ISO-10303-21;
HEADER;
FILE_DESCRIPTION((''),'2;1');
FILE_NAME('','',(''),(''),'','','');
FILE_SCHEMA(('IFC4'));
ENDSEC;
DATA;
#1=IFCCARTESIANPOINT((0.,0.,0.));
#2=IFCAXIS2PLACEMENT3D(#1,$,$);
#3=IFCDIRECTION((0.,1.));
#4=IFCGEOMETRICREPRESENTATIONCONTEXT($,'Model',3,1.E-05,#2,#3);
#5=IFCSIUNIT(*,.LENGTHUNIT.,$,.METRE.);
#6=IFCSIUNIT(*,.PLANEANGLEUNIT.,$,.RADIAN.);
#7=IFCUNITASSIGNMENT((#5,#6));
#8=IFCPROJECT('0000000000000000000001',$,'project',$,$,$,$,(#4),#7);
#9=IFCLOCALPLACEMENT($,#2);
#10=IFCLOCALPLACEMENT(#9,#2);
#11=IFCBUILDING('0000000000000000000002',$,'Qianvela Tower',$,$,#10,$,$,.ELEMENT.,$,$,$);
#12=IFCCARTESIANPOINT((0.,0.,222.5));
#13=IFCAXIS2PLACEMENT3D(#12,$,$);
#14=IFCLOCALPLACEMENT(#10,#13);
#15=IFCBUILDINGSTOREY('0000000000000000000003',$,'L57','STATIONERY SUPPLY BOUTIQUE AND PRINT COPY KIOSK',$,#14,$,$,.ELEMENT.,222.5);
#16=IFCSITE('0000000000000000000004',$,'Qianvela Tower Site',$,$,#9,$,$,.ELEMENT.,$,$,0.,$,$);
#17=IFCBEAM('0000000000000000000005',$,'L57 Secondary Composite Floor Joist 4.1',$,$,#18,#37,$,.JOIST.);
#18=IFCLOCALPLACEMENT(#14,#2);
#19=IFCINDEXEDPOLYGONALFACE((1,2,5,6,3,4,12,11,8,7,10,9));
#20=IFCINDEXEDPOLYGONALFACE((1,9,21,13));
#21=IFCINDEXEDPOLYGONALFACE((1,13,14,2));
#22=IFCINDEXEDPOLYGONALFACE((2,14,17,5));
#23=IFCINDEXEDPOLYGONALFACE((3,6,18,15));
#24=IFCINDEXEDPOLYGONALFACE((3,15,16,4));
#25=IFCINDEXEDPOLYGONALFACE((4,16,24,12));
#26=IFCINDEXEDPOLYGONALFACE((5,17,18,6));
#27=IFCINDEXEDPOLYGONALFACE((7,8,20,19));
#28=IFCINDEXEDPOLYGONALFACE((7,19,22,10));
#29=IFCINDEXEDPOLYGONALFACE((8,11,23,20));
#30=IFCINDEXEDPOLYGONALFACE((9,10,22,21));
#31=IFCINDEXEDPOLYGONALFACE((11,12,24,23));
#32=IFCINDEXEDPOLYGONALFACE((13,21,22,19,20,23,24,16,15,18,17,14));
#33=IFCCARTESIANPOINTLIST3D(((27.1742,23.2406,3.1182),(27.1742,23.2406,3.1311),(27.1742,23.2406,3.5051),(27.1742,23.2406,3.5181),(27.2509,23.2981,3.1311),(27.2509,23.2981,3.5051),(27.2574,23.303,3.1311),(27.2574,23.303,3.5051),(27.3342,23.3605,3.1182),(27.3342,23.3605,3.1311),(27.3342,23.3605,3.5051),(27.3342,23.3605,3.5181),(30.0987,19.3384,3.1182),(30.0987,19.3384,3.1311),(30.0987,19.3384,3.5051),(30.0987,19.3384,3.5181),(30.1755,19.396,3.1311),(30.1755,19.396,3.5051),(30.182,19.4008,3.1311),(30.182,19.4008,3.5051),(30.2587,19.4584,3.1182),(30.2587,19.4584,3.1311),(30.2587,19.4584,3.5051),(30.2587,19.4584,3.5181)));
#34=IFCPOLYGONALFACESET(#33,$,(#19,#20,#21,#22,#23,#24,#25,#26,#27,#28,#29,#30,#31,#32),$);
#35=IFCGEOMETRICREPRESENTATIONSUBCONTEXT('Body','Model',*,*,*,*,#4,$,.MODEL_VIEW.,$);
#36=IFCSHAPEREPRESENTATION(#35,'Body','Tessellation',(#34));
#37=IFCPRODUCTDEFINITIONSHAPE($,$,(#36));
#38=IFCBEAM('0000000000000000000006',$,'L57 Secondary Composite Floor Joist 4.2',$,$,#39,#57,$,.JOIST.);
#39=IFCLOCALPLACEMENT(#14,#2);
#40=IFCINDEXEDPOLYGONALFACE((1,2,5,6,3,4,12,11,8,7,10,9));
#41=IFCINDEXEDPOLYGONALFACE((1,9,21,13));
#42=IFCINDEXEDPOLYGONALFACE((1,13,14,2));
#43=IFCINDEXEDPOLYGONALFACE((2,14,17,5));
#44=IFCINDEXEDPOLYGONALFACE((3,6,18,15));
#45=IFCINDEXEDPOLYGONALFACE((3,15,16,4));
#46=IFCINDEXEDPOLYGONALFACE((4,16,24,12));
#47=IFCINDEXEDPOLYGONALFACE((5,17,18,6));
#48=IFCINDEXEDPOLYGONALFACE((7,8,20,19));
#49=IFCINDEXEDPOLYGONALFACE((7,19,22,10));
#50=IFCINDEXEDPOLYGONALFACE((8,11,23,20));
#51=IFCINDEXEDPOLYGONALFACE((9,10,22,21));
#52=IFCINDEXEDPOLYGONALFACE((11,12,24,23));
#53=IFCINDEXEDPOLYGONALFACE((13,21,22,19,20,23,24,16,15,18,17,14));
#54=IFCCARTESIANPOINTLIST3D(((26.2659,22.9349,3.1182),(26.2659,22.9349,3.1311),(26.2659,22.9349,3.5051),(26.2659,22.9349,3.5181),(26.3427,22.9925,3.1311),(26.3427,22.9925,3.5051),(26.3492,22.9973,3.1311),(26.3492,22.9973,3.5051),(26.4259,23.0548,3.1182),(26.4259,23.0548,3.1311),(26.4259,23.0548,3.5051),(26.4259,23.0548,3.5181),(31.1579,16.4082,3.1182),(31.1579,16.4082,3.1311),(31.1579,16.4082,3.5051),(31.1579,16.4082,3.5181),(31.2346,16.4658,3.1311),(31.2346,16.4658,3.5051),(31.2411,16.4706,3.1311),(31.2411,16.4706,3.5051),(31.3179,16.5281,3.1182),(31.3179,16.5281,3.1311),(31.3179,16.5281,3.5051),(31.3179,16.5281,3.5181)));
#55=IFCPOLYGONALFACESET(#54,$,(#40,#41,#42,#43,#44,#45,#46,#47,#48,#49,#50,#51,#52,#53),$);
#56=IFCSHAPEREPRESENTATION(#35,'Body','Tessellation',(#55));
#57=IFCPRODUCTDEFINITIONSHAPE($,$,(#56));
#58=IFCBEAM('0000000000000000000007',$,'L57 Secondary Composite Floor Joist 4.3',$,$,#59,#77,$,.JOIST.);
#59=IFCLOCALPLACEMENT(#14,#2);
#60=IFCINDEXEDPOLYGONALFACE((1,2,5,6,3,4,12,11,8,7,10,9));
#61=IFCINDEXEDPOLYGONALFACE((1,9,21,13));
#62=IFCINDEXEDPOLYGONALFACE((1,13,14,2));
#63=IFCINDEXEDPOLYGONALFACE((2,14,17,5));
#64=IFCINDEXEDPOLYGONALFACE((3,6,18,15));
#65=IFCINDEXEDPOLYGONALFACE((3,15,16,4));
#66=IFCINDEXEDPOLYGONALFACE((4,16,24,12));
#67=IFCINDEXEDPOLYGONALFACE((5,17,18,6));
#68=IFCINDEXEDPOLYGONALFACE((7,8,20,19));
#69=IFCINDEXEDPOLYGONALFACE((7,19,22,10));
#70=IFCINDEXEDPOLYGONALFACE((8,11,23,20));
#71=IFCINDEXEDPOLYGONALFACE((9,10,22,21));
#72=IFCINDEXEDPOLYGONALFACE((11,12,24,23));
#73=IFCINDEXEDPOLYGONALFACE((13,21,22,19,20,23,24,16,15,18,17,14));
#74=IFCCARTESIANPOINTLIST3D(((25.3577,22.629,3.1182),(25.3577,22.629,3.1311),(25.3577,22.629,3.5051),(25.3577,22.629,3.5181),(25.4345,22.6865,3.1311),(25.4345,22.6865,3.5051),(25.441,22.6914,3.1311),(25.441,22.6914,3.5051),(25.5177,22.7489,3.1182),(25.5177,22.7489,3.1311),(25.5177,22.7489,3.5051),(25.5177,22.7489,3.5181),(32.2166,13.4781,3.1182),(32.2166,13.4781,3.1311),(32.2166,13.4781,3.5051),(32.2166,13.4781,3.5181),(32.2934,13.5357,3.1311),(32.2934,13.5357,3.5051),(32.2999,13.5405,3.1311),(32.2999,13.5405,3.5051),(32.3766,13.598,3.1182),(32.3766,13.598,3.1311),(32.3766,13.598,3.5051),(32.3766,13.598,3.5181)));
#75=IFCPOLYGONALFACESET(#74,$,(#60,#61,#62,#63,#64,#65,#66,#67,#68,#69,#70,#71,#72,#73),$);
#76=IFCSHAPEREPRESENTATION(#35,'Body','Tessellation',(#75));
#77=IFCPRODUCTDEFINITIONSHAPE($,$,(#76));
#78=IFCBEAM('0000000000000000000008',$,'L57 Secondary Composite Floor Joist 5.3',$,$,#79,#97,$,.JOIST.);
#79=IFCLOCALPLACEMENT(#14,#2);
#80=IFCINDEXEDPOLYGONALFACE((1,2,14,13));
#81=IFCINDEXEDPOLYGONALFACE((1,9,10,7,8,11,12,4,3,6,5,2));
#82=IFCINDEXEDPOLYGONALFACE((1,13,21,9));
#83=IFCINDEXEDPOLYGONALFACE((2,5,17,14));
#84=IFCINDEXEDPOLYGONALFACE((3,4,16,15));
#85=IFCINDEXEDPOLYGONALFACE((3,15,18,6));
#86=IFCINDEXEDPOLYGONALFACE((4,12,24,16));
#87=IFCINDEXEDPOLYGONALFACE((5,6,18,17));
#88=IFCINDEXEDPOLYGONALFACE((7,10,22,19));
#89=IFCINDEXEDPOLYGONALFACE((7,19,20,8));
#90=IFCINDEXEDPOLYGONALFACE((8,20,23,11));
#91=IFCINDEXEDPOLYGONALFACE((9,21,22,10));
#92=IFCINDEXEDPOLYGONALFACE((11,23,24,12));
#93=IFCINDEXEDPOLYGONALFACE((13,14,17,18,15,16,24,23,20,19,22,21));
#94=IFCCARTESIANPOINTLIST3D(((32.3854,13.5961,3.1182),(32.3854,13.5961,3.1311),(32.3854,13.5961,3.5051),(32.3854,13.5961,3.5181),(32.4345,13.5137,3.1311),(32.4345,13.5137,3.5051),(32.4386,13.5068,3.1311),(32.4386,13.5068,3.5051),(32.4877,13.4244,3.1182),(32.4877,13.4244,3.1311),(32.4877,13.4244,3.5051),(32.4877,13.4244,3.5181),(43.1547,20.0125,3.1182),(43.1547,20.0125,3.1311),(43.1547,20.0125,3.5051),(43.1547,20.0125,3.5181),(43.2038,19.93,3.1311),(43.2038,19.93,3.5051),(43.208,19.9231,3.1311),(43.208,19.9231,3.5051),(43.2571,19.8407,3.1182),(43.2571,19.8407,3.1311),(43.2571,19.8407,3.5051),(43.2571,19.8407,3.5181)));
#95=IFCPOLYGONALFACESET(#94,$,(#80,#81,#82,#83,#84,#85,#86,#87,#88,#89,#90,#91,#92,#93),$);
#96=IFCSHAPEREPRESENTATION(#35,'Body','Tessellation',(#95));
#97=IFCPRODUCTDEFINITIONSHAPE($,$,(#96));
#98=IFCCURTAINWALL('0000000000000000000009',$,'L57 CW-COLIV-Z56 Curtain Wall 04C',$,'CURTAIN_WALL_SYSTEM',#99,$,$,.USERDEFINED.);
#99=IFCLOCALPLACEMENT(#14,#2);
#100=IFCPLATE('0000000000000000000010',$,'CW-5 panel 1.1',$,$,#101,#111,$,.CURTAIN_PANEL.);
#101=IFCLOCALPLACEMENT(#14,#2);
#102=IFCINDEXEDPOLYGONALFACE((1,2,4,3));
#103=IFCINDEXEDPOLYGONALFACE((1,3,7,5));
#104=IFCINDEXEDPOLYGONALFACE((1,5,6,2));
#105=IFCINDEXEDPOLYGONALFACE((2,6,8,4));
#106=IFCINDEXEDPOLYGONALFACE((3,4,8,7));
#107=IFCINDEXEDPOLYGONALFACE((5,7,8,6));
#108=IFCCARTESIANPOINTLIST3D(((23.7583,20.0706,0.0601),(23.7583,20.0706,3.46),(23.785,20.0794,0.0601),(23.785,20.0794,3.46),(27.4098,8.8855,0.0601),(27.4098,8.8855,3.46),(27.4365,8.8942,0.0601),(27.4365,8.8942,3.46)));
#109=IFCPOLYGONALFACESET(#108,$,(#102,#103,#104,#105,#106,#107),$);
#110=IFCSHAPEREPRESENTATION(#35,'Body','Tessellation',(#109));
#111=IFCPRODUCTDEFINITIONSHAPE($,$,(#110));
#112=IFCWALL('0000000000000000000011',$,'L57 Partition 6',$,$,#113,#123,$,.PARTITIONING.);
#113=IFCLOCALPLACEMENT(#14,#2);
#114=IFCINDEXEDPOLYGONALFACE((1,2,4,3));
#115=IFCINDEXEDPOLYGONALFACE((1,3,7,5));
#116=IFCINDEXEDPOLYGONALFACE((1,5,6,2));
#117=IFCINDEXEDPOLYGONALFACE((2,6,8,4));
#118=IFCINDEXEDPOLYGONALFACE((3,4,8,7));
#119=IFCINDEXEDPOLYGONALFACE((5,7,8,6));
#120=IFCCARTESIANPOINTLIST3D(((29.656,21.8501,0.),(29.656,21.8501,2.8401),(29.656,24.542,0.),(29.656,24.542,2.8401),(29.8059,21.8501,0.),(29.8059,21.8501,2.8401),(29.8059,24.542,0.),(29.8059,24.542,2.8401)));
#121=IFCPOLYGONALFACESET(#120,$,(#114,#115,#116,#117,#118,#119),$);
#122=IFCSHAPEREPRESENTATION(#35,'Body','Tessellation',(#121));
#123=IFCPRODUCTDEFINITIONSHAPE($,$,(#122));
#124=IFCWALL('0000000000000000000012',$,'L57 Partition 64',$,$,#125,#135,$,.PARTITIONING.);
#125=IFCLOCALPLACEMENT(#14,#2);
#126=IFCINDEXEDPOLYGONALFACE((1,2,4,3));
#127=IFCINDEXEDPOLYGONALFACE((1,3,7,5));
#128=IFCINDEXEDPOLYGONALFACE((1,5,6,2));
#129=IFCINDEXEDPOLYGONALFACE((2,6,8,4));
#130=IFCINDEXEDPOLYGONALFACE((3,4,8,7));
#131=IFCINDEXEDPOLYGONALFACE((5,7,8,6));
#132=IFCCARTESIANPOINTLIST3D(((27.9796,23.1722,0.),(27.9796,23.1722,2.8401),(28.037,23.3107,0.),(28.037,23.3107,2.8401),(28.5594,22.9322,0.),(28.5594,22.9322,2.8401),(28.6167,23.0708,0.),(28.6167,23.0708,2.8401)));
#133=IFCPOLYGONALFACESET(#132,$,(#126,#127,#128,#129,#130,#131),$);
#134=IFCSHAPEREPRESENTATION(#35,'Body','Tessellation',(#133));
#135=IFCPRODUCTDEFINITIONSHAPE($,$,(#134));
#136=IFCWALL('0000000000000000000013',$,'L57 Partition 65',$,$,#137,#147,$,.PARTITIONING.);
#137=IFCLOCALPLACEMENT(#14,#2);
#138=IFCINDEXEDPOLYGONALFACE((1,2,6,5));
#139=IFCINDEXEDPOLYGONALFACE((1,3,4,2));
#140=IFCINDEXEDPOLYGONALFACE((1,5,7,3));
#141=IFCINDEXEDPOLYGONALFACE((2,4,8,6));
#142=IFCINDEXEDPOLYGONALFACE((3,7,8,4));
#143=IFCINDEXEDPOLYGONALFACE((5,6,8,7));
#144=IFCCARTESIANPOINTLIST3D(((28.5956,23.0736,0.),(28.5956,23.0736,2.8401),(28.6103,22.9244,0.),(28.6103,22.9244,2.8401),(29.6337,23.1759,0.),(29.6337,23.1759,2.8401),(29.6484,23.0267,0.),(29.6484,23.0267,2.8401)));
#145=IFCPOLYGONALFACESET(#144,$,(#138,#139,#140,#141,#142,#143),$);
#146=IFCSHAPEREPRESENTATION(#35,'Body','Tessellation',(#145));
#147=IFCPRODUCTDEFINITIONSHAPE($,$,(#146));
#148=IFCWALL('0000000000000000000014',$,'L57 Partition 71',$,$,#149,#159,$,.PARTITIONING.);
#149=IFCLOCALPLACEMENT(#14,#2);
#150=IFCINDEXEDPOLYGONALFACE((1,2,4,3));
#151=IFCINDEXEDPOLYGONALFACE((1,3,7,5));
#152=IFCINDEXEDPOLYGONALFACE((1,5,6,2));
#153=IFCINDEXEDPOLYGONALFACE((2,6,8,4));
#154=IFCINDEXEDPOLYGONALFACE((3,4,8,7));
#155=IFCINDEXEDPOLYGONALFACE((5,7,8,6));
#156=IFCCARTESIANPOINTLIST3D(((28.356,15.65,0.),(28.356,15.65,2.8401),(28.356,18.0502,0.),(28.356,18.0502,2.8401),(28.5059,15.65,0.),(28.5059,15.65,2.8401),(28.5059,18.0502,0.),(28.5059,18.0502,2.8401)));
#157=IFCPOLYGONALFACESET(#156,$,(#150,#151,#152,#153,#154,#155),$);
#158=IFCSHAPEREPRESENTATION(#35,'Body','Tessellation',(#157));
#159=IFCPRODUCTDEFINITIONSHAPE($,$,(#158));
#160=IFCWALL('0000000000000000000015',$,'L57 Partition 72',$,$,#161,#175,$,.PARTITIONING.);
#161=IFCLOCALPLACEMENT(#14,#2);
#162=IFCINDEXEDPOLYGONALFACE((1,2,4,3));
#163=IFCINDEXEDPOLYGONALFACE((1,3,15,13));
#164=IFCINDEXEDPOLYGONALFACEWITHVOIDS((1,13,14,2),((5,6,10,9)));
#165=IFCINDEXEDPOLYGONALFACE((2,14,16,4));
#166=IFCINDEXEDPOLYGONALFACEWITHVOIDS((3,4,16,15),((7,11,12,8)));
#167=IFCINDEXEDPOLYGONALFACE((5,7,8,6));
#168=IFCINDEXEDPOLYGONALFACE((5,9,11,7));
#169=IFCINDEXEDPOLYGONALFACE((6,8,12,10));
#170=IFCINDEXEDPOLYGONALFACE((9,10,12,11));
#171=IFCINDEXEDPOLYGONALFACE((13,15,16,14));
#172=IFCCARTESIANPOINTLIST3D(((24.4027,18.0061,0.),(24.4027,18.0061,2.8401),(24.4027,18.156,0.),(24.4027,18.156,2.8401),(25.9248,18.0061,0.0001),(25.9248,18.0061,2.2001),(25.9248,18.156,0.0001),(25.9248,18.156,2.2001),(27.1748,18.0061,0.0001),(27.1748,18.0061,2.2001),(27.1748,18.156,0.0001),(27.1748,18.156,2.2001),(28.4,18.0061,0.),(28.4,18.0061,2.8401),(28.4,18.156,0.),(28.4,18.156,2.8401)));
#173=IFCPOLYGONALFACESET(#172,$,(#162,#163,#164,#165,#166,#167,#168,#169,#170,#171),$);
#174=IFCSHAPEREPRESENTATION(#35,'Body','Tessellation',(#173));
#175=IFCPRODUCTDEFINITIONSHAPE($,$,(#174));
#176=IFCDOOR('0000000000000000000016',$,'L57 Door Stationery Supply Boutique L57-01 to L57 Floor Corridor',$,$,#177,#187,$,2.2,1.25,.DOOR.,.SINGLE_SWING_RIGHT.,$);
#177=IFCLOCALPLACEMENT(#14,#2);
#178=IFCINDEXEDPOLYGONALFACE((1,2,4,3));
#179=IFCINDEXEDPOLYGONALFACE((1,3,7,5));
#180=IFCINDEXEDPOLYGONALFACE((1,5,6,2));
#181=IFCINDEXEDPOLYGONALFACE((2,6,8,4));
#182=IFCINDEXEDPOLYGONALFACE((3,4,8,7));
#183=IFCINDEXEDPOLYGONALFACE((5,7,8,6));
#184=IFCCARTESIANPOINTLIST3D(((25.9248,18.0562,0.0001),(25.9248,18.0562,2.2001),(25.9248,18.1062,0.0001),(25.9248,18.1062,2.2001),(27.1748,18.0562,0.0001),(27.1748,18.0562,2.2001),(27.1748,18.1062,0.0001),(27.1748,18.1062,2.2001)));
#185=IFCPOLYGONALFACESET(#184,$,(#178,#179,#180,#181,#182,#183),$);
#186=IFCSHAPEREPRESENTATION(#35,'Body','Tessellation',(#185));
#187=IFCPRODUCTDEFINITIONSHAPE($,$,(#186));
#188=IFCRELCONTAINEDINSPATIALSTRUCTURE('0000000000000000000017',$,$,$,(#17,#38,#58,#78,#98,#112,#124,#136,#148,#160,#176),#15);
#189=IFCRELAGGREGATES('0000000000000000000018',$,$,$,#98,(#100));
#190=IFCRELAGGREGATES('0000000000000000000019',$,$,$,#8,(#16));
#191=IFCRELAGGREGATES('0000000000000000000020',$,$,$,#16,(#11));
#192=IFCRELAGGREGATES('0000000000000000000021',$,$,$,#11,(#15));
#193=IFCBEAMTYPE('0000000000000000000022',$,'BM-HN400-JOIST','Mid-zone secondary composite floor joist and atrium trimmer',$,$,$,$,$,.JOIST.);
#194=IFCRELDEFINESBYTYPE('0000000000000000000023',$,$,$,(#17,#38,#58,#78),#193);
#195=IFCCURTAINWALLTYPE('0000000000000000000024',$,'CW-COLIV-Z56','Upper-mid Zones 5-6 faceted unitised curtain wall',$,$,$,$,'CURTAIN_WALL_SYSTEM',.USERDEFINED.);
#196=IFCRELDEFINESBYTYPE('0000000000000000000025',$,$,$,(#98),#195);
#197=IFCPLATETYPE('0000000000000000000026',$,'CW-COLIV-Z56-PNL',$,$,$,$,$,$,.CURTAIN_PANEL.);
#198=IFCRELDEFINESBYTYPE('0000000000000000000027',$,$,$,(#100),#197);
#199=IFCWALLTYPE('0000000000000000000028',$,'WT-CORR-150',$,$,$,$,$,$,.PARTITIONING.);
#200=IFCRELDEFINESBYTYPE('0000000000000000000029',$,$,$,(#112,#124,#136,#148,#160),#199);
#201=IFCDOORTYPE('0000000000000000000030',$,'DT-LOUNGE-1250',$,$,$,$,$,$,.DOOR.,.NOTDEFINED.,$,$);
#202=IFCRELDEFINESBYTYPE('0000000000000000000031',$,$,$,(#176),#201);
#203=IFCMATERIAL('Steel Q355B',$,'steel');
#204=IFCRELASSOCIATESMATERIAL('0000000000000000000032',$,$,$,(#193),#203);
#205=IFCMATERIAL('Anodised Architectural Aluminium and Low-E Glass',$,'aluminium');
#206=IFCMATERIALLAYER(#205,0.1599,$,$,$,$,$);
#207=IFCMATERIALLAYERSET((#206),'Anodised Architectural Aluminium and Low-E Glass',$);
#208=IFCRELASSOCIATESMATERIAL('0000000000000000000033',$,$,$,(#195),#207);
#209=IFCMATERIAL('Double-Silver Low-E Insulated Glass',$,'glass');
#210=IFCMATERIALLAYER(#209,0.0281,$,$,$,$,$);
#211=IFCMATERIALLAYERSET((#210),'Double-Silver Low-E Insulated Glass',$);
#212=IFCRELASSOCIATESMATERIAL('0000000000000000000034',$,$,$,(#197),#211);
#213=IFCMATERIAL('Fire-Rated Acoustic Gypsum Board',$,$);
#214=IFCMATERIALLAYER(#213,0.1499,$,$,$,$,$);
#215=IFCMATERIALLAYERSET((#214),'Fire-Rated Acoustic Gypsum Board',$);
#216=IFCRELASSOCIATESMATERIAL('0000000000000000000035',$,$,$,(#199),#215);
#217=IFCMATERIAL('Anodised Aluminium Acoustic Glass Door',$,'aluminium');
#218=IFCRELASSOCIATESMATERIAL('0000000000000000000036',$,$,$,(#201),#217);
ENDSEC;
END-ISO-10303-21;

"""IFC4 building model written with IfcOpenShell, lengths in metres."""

from ifc_helpers import new_model, si_unit, direction, frame, frame_2d, origin, origin_2d, place, context, subcontext, project, spatial, rectangle, i_section, extrude, material, layer, layer_set, material_profile, profile_set, type_object, element, fill, aggregate, save


model = new_model("IFC4")

# Units and contexts
model_context = context("Model", 3, precision=1e-05, world=origin(), true_north=direction((0.0, 1.0)))
body_context = subcontext(model_context, "Body", "Model", "MODEL_VIEW")
ifc_project = project(units=[si_unit("LENGTHUNIT", "METRE"), si_unit("PLANEANGLEUNIT", "RADIAN")], contexts=[model_context])

# Site, building, storey
site_placement = place(None, origin())
site = spatial("IfcSite", under=ifc_project, at=site_placement, Name="Qianvela Tower Site", CompositionType="ELEMENT", RefElevation=0.0)
building_placement = place(site_placement, origin())
building = spatial("IfcBuilding", under=site, at=building_placement, Name="Qianvela Tower", CompositionType="ELEMENT")
storey_placement = place(building_placement, frame((0.0, 0.0, 222.5)))
storey = spatial("IfcBuildingStorey", under=building, at=storey_placement, Name="L57", Description="STATIONERY SUPPLY BOUTIQUE AND PRINT COPY KIOSK", CompositionType="ELEMENT", Elevation=222.5)

# Beams
ifc_material_1 = material(Name="Steel Q355B", Category="steel")
ifc_material_profile = material_profile(ifc_material_1, i_section(OverallWidth=0.2, OverallDepth=0.3999, WebThickness=0.0081, FlangeThickness=0.0129, at=origin_2d()), Name="HN400x200x8x13")
ifc_profile_set = profile_set([ifc_material_profile], Name="Steel Q355B")
beam_type = type_object("IfcBeamType", Name="BM-HN400-JOIST", Description="Mid-zone secondary composite floor joist and atrium trimmer", PredefinedType="JOIST", material=ifc_profile_set)
beam_1_placement = place(storey_placement, frame((27.2542, 23.3005, 3.3181), z_axis=(0.599736, -0.800198, 0.0), x_axis=(0.800198, 0.599736, 0.0)))
element("IfcBeam", 1, at=beam_1_placement, inside=storey, type_object=beam_type, Name="L57 Secondary Composite Floor Joist 4.1", PredefinedType="JOIST", context=body_context, shape_type="SweptSolid", body=[
    extrude(i_section(OverallWidth=0.2, OverallDepth=0.3999, WebThickness=0.0081, FlangeThickness=0.0129, at=origin_2d()), origin(), (0.0, 0.0, 1.0), 4.8765),
])
beam_2_placement = place(storey_placement, frame((26.3459, 22.9949, 3.3181), z_axis=(0.599756, -0.800183, 0.0), x_axis=(0.800183, 0.599756, 0.0)))
element("IfcBeam", 2, at=beam_2_placement, inside=storey, type_object=beam_type, Name="L57 Secondary Composite Floor Joist 4.2", PredefinedType="JOIST", context=body_context, shape_type="SweptSolid", body=[
    extrude(i_section(OverallWidth=0.2, OverallDepth=0.3999, WebThickness=0.0081, FlangeThickness=0.0129, at=origin_2d()), origin(), (0.0, 0.0, 1.0), 8.1565),
])
beam_3_placement = place(storey_placement, frame((25.4377, 22.689, 3.3181), z_axis=(0.599761, -0.800179, 0.0), x_axis=(0.800179, 0.599761, 0.0)))
element("IfcBeam", 3, at=beam_3_placement, inside=storey, type_object=beam_type, Name="L57 Secondary Composite Floor Joist 4.3", PredefinedType="JOIST", context=body_context, shape_type="SweptSolid", body=[
    extrude(i_section(OverallWidth=0.2, OverallDepth=0.3999, WebThickness=0.0081, FlangeThickness=0.0129, at=origin_2d()), origin(), (0.0, 0.0, 1.0), 11.436),
])
beam_4_placement = place(storey_placement, frame((32.4365, 13.5103, 3.3181), z_axis=(0.859084, 0.511835, 0.0), x_axis=(-0.511835, 0.859084, 0.0)))
element("IfcBeam", 4, at=beam_4_placement, inside=storey, type_object=beam_type, Name="L57 Secondary Composite Floor Joist 5.3", PredefinedType="JOIST", context=body_context, shape_type="SweptSolid", body=[
    extrude(i_section(OverallWidth=0.2, OverallDepth=0.3999, WebThickness=0.0081, FlangeThickness=0.0129, at=origin_2d()), origin(), (0.0, 0.0, 1.0), 12.5359),
])

# Curtain wall, plate
ifc_material_2 = material(Name="Anodised Architectural Aluminium and Low-E Glass", Category="aluminium")
ifc_layer_1 = layer(ifc_material_2, 0.1599)
ifc_layer_set_1 = layer_set([ifc_layer_1], Name="Anodised Architectural Aluminium and Low-E Glass")
curtain_wall_type = type_object("IfcCurtainWallType", Name="CW-COLIV-Z56", Description="Upper-mid Zones 5-6 faceted unitised curtain wall", ElementType="CURTAIN_WALL_SYSTEM", PredefinedType="USERDEFINED", material=ifc_layer_set_1)
curtain_wall_placement = place(storey_placement, origin())
curtain_wall = element("IfcCurtainWall", 5, at=curtain_wall_placement, inside=storey, type_object=curtain_wall_type, Name="L57 CW-COLIV-Z56 Curtain Wall 04C", ObjectType="CURTAIN_WALL_SYSTEM", PredefinedType="USERDEFINED")
ifc_material_3 = material(Name="Double-Silver Low-E Insulated Glass", Category="glass")
ifc_layer_2 = layer(ifc_material_3, 0.0281)
ifc_layer_set_2 = layer_set([ifc_layer_2], Name="Double-Silver Low-E Insulated Glass")
plate_type = type_object("IfcPlateType", Name="CW-COLIV-Z56-PNL", PredefinedType="CURTAIN_PANEL", material=ifc_layer_set_2)
plate_placement = place(storey_placement, frame((25.5974, 14.4824, 0.0601), z_axis=(0.0, 0.0, 1.0), x_axis=(0.310343, -0.950625, 0.0)))
plate = element("IfcPlate", 6, at=plate_placement, type_object=plate_type, Name="CW-5 panel 1.1", PredefinedType="CURTAIN_PANEL", context=body_context, shape_type="SweptSolid", body=[
    extrude(rectangle(XDim=11.7661, YDim=0.0281, at=origin_2d()), origin(), (0.0, 0.0, 1.0), 3.3999),
])
aggregate(curtain_wall, [plate])

# Shared definitions
ifc_material_4 = material(Name="Fire-Rated Acoustic Gypsum Board")
ifc_layer_3 = layer(ifc_material_4, 0.1499)
ifc_layer_set_3 = layer_set([ifc_layer_3], Name="Fire-Rated Acoustic Gypsum Board")
wall_type_1 = type_object("IfcWallType", Name="WT-CORR-150", PredefinedType="PARTITIONING", material=ifc_layer_set_3)

# Walls
wall_1_placement = place(storey_placement, frame((29.731, 21.8501, 0.0), z_axis=(0.0, 0.0, 1.0), x_axis=(0.0, 1.0, 0.0)))
element("IfcWall", 7, at=wall_1_placement, inside=storey, type_object=wall_type_1, Name="L57 Partition 6", PredefinedType="PARTITIONING", context=body_context, shape_type="SweptSolid", body=[
    extrude(rectangle(XDim=2.6919, YDim=0.1499, at=frame_2d((1.3459, 0.0))), origin(), (0.0, 0.0, 1.0), 2.8401),
])
wall_2_placement = place(storey_placement, frame((28.0083, 23.2415, 0.0), z_axis=(0.0, 0.0, 1.0), x_axis=(0.923984, -0.382432, 0.0)))
element("IfcWall", 8, at=wall_2_placement, inside=storey, type_object=wall_type_1, Name="L57 Partition 64", PredefinedType="PARTITIONING", context=body_context, shape_type="SweptSolid", body=[
    extrude(rectangle(XDim=0.6274, YDim=0.1499, at=frame_2d((0.3137, 0.0))), origin(), (0.0, 0.0, 1.0), 2.8401),
])
wall_3_placement = place(storey_placement, frame((28.603, 22.999, 0.0), z_axis=(0.0, 0.0, 1.0), x_axis=(0.99518, 0.098067, 0.0)))
element("IfcWall", 9, at=wall_3_placement, inside=storey, type_object=wall_type_1, Name="L57 Partition 65", PredefinedType="PARTITIONING", context=body_context, shape_type="SweptSolid", body=[
    extrude(rectangle(XDim=1.0432, YDim=0.1499, at=frame_2d((0.5215, 0.0))), origin(), (0.0, 0.0, 1.0), 2.8401),
])
wall_4_placement = place(storey_placement, frame((28.4309, 15.6499, 0.0), z_axis=(0.0, 0.0, 1.0), x_axis=(0.0, 1.0, 0.0)))
element("IfcWall", 10, at=wall_4_placement, inside=storey, type_object=wall_type_1, Name="L57 Partition 71", PredefinedType="PARTITIONING", context=body_context, shape_type="SweptSolid", body=[
    extrude(rectangle(XDim=2.4001, YDim=0.1499, at=frame_2d((1.2002, 0.0))), origin(), (0.0, 0.0, 1.0), 2.8401),
])

# Wall, opening, door
wall_5_placement = place(storey_placement, frame((28.3999, 18.0811, 0.0), z_axis=(0.0, 0.0, 1.0), x_axis=(-1.0, 0.0, 0.0)))
wall_5 = element("IfcWall", 11, at=wall_5_placement, inside=storey, type_object=wall_type_1, Name="L57 Partition 72", PredefinedType="PARTITIONING", context=body_context, shape_type="SweptSolid", body=[
    extrude(rectangle(XDim=3.9973, YDim=0.1499, at=frame_2d((1.9985, 0.0))), origin(), (0.0, 0.0, 1.0), 2.8401),
])
opening_1_placement = place(wall_5_placement, frame((1.2251, 0.0, 0.0)))
opening_1 = element("IfcOpeningElement", 12, at=opening_1_placement, cuts=wall_5, PredefinedType="OPENING", context=body_context, shape_type="SweptSolid", body=[
    extrude(rectangle(XDim=1.25, YDim=2.2, at=frame_2d((0.625, 1.1001))), frame((0.0, 0.085, 0.0), z_axis=(0.0, -1.0, 0.0), x_axis=(1.0, 0.0, 0.0)), (0.0, 0.0, 1.0), 0.1699),
])
ifc_material_5 = material(Name="Anodised Aluminium Acoustic Glass Door", Category="aluminium")
door_type_1 = type_object("IfcDoorType", Name="DT-LOUNGE-1250", OperationType="NOTDEFINED", PredefinedType="DOOR", material=ifc_material_5)
door_1_placement = place(opening_1_placement, origin())
door_1 = element("IfcDoor", 13, at=door_1_placement, inside=storey, type_object=door_type_1, Name="L57 Door Stationery Supply Boutique L57-01 to L57 Floor Corridor", OperationType="SINGLE_SWING_RIGHT", OverallHeight=2.2, OverallWidth=1.25, PredefinedType="DOOR", context=body_context, shape_type="SweptSolid", body=[
    extrude(rectangle(XDim=1.25, YDim=2.2, at=frame_2d((0.625, 1.1001))), frame((0.0, 0.0249, 0.0), z_axis=(0.0, -1.0, 0.0), x_axis=(1.0, 0.0, 0.0)), (0.0, 0.0, 1.0), 0.05),
])
fill(opening_1, door_1)

save(model, "model.ifc")
